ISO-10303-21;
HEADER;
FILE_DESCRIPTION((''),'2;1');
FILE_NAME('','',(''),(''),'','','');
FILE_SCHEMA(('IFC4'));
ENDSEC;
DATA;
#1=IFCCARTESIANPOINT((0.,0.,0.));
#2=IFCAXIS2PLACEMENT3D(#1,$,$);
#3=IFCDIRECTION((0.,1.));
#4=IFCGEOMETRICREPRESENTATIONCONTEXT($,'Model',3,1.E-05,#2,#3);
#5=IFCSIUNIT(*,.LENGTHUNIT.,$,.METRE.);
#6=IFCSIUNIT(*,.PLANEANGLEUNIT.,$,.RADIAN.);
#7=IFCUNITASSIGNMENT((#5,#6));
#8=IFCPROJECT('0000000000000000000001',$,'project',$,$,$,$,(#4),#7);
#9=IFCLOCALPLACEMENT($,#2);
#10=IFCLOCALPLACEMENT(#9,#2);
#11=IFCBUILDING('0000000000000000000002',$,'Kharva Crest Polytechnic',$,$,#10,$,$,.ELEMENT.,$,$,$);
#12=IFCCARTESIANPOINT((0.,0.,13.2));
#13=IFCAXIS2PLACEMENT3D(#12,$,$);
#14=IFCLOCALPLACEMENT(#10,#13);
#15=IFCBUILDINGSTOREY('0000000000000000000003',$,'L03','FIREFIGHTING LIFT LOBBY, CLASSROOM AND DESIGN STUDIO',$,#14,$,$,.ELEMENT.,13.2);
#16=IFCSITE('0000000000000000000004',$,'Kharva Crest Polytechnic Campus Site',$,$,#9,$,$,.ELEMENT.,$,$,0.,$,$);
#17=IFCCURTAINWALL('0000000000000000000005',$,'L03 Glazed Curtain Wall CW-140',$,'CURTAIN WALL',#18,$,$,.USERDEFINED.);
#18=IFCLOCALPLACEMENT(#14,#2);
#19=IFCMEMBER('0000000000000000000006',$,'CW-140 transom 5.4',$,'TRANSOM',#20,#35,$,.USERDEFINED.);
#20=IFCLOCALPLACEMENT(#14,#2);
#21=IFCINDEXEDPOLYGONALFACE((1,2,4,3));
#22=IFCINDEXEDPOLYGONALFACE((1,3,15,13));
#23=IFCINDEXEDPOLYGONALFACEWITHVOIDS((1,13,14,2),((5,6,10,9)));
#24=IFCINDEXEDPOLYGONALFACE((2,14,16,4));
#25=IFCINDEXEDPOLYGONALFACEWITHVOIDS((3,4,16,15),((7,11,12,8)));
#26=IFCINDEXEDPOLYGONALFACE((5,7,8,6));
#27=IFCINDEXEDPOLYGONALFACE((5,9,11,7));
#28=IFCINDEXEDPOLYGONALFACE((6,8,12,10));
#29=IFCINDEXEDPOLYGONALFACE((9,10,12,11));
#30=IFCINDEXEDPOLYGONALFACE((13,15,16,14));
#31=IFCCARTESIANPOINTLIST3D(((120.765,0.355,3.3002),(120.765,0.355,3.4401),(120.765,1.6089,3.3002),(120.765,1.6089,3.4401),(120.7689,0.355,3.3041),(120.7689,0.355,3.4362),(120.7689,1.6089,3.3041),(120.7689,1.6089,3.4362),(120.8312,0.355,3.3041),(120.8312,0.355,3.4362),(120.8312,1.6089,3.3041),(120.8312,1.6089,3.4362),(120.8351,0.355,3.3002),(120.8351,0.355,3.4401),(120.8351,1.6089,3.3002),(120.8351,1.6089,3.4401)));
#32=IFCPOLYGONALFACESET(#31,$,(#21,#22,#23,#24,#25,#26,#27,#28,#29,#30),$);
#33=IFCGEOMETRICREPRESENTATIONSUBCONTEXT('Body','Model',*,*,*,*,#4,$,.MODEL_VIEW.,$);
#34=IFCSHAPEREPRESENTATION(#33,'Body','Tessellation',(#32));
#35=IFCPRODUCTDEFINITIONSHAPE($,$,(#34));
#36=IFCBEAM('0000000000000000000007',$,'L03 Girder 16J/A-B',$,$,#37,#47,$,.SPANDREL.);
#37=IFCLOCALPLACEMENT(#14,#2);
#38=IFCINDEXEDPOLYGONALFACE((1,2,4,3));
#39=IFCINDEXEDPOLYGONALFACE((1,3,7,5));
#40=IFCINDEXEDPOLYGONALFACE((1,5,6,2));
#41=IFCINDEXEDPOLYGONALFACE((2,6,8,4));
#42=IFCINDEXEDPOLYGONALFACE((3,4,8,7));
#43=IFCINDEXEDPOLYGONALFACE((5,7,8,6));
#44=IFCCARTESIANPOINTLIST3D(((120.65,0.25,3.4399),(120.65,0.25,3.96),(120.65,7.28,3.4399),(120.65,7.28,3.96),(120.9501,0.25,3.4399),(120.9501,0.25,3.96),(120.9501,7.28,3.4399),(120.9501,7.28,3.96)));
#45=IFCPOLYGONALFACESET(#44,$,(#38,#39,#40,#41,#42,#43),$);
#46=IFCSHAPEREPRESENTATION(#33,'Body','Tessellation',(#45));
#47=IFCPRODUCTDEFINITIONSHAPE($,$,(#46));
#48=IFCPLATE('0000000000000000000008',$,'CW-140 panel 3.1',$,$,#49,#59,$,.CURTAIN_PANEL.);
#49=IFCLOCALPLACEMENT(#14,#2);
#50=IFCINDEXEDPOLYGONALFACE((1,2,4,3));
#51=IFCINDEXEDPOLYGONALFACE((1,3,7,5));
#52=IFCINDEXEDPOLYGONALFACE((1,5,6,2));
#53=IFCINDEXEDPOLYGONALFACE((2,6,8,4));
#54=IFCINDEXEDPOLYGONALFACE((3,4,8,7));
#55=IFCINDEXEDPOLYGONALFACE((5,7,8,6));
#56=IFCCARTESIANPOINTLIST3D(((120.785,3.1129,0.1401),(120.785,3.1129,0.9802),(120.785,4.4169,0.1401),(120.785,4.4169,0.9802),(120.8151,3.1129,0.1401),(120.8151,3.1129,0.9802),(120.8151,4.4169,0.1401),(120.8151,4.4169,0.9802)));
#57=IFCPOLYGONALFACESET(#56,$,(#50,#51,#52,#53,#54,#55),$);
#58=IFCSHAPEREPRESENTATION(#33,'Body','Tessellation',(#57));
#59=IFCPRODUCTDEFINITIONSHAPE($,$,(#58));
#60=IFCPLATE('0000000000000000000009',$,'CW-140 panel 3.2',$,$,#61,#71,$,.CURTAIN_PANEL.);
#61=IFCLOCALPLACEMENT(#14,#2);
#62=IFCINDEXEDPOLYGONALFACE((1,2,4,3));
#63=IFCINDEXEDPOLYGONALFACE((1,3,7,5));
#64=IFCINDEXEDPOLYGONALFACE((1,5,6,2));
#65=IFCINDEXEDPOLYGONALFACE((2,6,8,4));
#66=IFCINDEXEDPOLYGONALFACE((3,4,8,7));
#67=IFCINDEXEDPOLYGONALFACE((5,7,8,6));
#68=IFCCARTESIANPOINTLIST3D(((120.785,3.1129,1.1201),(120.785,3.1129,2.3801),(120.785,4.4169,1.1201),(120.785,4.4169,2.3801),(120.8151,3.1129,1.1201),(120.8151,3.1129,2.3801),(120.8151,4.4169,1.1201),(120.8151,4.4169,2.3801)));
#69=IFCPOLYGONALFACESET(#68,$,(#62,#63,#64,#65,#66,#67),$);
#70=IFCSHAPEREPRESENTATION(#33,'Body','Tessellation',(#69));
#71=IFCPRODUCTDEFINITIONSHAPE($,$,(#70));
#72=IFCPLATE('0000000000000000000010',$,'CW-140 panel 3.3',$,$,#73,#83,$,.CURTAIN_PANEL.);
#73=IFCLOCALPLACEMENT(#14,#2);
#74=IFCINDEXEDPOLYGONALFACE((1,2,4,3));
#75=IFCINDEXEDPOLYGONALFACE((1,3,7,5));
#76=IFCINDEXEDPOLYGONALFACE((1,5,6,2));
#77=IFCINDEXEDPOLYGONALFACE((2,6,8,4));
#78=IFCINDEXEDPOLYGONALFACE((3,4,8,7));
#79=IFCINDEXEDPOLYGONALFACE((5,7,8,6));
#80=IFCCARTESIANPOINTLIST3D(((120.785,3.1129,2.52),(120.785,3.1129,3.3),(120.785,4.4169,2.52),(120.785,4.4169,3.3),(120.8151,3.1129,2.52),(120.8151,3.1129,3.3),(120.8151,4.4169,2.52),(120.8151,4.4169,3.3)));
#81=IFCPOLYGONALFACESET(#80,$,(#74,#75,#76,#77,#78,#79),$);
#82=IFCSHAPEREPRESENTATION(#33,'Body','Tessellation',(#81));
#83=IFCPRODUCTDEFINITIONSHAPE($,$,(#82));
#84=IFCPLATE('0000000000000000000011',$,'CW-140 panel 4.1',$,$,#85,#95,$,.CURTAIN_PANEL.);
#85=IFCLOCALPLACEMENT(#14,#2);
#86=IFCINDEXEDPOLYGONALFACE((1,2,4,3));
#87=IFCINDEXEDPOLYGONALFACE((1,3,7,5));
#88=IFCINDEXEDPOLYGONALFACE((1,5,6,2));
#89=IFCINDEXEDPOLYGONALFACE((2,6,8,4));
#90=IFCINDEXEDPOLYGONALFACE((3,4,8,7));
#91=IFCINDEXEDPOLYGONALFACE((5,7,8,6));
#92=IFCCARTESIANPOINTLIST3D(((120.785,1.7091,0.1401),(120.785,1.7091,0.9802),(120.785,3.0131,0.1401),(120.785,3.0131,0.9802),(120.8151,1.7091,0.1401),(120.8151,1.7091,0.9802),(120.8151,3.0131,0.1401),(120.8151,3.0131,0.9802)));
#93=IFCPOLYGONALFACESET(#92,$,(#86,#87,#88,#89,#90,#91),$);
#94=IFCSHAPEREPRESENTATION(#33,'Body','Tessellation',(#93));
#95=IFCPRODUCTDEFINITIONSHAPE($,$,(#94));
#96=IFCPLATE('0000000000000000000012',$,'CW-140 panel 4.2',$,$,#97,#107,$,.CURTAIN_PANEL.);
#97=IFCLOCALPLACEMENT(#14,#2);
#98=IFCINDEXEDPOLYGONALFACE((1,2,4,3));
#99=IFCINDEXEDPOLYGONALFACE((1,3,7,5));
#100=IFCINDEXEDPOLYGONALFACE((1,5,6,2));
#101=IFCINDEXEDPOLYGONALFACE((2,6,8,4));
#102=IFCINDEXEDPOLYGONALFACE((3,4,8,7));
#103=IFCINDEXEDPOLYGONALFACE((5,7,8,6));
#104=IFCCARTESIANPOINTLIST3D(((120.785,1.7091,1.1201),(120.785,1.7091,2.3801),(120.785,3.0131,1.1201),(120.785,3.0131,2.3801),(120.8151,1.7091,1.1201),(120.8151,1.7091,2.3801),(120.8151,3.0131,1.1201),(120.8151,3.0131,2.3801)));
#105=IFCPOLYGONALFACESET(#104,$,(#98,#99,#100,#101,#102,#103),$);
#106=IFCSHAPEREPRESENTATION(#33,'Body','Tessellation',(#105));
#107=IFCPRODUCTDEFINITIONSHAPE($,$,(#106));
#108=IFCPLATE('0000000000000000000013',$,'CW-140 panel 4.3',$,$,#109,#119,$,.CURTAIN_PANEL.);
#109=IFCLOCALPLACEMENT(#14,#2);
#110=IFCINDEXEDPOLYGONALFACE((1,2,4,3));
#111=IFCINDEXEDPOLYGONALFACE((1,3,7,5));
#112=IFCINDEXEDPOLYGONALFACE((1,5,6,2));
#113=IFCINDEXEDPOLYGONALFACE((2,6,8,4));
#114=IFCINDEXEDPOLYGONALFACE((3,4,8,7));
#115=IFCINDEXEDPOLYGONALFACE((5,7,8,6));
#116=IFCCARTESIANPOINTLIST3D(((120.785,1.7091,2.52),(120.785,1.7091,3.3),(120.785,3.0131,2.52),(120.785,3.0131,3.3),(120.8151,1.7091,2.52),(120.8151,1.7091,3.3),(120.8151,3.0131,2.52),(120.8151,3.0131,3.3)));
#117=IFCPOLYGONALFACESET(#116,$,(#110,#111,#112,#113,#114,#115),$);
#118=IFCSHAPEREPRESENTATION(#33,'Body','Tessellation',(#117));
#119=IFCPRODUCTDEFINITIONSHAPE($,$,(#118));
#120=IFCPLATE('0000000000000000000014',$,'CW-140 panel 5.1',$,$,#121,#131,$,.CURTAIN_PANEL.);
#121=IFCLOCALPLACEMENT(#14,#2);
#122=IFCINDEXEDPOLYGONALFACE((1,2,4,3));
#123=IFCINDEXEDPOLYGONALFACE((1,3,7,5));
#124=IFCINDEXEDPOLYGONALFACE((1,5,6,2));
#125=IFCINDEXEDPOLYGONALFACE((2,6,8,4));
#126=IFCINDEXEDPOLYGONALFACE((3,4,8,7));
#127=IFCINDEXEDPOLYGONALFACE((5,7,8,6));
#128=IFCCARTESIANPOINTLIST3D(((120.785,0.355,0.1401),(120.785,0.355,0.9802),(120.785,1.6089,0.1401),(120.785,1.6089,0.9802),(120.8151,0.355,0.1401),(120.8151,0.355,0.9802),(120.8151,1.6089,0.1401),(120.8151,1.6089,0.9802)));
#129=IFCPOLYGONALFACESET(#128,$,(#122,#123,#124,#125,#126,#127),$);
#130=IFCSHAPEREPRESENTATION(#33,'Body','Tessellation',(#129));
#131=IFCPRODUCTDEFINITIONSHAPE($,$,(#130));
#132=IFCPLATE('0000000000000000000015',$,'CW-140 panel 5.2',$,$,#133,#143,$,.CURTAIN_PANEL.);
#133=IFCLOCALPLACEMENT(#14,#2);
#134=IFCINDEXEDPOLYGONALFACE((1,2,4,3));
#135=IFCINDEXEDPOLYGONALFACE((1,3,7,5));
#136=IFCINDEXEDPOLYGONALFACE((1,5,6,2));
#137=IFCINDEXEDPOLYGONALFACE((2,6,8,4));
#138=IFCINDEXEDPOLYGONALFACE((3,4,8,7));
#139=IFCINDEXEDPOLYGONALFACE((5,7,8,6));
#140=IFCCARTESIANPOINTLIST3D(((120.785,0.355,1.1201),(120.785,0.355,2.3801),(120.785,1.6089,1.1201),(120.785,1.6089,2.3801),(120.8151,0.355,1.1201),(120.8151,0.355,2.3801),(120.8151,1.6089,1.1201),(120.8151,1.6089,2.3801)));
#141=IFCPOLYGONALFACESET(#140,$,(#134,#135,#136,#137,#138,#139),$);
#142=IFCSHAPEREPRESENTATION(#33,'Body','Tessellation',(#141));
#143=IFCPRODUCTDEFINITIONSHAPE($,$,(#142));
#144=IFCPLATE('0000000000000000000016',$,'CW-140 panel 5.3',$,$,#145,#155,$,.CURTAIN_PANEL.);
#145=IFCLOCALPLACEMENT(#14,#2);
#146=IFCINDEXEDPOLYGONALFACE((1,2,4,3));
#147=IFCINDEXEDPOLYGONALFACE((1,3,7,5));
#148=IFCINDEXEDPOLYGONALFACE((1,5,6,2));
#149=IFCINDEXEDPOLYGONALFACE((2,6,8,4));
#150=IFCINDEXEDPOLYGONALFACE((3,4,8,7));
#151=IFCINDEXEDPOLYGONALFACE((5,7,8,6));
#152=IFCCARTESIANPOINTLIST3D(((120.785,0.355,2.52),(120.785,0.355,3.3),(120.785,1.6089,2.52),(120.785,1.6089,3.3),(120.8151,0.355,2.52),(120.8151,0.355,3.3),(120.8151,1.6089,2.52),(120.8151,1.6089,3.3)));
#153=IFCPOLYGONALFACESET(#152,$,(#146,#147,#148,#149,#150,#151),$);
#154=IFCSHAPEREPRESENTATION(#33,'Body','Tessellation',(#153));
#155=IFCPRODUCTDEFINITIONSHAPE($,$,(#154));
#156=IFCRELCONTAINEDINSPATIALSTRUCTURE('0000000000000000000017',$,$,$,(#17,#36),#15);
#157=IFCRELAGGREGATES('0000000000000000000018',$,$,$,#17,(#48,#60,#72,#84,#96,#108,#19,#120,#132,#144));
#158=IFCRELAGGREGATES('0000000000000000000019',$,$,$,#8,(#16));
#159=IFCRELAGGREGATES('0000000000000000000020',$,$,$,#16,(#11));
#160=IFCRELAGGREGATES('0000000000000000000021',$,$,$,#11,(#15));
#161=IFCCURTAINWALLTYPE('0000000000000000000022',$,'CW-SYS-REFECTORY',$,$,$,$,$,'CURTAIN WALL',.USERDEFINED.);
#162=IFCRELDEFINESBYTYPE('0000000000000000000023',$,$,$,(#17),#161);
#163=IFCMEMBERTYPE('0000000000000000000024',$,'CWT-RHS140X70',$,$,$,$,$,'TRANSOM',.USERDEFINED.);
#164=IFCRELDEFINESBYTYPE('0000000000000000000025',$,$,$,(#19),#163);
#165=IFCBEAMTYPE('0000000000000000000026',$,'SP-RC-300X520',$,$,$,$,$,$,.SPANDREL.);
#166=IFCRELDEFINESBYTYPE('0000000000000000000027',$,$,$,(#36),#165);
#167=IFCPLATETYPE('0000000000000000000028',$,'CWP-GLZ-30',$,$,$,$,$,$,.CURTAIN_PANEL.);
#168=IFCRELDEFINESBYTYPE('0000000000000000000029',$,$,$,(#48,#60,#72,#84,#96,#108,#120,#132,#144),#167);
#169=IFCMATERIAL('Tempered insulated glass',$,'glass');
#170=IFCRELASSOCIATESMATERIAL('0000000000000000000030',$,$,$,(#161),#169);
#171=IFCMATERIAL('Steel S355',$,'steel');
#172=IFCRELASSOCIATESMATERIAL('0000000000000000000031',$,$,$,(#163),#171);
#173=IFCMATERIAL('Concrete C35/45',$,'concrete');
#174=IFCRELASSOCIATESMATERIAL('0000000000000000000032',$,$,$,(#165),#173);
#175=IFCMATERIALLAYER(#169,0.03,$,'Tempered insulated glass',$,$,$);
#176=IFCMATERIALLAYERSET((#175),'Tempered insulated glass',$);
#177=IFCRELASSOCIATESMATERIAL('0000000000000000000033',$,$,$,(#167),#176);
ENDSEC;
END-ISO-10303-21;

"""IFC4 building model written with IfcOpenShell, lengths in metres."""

from ifc_helpers import new_model, si_unit, direction, frame, origin, origin_2d, place, context, subcontext, project, spatial, rectangle, hollow_rectangle, extrude, material, layer, layer_set, material_profile, profile_set, type_object, element, aggregate, save


model = new_model("IFC4")

# Units and contexts
model_context = context("Model", 3, precision=1e-05, world=origin(), true_north=direction((0.0, 1.0)))
body_context = subcontext(model_context, "Body", "Model", "MODEL_VIEW")
ifc_project = project(units=[si_unit("LENGTHUNIT", "METRE"), si_unit("PLANEANGLEUNIT", "RADIAN")], contexts=[model_context])

# Site, building, storey
site_placement = place(None, origin())
site = spatial("IfcSite", under=ifc_project, at=site_placement, Name="Kharva Crest Polytechnic Campus Site", CompositionType="ELEMENT", RefElevation=0.0)
building_placement = place(site_placement, origin())
building = spatial("IfcBuilding", under=site, at=building_placement, Name="Kharva Crest Polytechnic", CompositionType="ELEMENT")
storey_placement = place(building_placement, frame((0.0, 0.0, 13.2)))
storey = spatial("IfcBuildingStorey", under=building, at=storey_placement, Name="L03", Description="FIREFIGHTING LIFT LOBBY, CLASSROOM AND DESIGN STUDIO", CompositionType="ELEMENT", Elevation=13.2)

# Curtain wall, member
ifc_material_1 = material(Name="Tempered insulated glass", Category="glass")
curtain_wall_type = type_object("IfcCurtainWallType", Name="CW-SYS-REFECTORY", ElementType="CURTAIN WALL", PredefinedType="USERDEFINED", material=ifc_material_1)
curtain_wall_placement = place(storey_placement, origin())
curtain_wall = element("IfcCurtainWall", 1, at=curtain_wall_placement, inside=storey, type_object=curtain_wall_type, Name="L03 Glazed Curtain Wall CW-140", ObjectType="CURTAIN WALL", PredefinedType="USERDEFINED")
ifc_material_2 = material(Name="Steel S355", Category="steel")
ifc_material_profile_1 = material_profile(ifc_material_2, hollow_rectangle(XDim=0.0701, YDim=0.1399, WallThickness=0.0039, at=origin_2d()), Name="RHS 140X70X4.0")
ifc_profile_set_1 = profile_set([ifc_material_profile_1], Name="Steel S355")
member_type_1 = type_object("IfcMemberType", Name="CWT-RHS140X70", ElementType="TRANSOM", PredefinedType="USERDEFINED", material=ifc_profile_set_1)
member_1_placement = place(storey_placement, frame((120.8, 1.6089, 3.3701), z_axis=(0.0, -1.0, 0.0), x_axis=(1.0, 0.0, 0.0)))
member_1 = element("IfcMember", 2, at=member_1_placement, type_object=member_type_1, Name="CW-140 transom 5.4", ObjectType="TRANSOM", PredefinedType="USERDEFINED", context=body_context, shape_type="SweptSolid", body=[
    extrude(hollow_rectangle(XDim=0.0701, YDim=0.1399, WallThickness=0.0039, at=origin_2d()), origin(), (0.0, 0.0, 1.0), 1.2539),
])

# Beam
ifc_material_3 = material(Name="Concrete C35/45", Category="concrete")
ifc_material_profile_2 = material_profile(ifc_material_3, rectangle(XDim=0.3, YDim=0.52, at=origin_2d()), Name="RECT 300 X 520")
ifc_profile_set_2 = profile_set([ifc_material_profile_2], Name="Concrete C35/45")
beam_type = type_object("IfcBeamType", Name="SP-RC-300X520", PredefinedType="SPANDREL", material=ifc_profile_set_2)
beam_placement = place(storey_placement, frame((120.8, 0.25, 3.7), z_axis=(0.0, 1.0, 0.0), x_axis=(-1.0, 0.0, 0.0)))
element("IfcBeam", 3, at=beam_placement, inside=storey, type_object=beam_type, Name="L03 Girder 16J/A-B", PredefinedType="SPANDREL", context=body_context, shape_type="SweptSolid", body=[
    extrude(rectangle(XDim=0.3, YDim=0.52, at=origin_2d()), origin(), (0.0, 0.0, 1.0), 7.03),
])

# Plates
ifc_layer = layer(ifc_material_1, 0.03, Name="Tempered insulated glass")
ifc_layer_set = layer_set([ifc_layer], Name="Tempered insulated glass")
plate_type = type_object("IfcPlateType", Name="CWP-GLZ-30", PredefinedType="CURTAIN_PANEL", material=ifc_layer_set)
plate_1_placement = place(storey_placement, frame((120.8, 3.7649, 0.1401), z_axis=(0.0, 0.0, 1.0), x_axis=(0.0, -1.0, 0.0)))
plate_1 = element("IfcPlate", 4, at=plate_1_placement, type_object=plate_type, Name="CW-140 panel 3.1", PredefinedType="CURTAIN_PANEL", context=body_context, shape_type="SweptSolid", body=[
    extrude(rectangle(XDim=1.304, YDim=0.03, at=origin_2d()), origin(), (0.0, 0.0, 1.0), 0.8401),
])
plate_2_placement = place(storey_placement, frame((120.8, 3.7649, 1.1201), z_axis=(0.0, 0.0, 1.0), x_axis=(0.0, -1.0, 0.0)))
plate_2 = element("IfcPlate", 5, at=plate_2_placement, type_object=plate_type, Name="CW-140 panel 3.2", PredefinedType="CURTAIN_PANEL", context=body_context, shape_type="SweptSolid", body=[
    extrude(rectangle(XDim=1.304, YDim=0.03, at=origin_2d()), origin(), (0.0, 0.0, 1.0), 1.26),
])
plate_3_placement = place(storey_placement, frame((120.8, 3.7649, 2.52), z_axis=(0.0, 0.0, 1.0), x_axis=(0.0, -1.0, 0.0)))
plate_3 = element("IfcPlate", 6, at=plate_3_placement, type_object=plate_type, Name="CW-140 panel 3.3", PredefinedType="CURTAIN_PANEL", context=body_context, shape_type="SweptSolid", body=[
    extrude(rectangle(XDim=1.304, YDim=0.03, at=origin_2d()), origin(), (0.0, 0.0, 1.0), 0.78),
])
plate_4_placement = place(storey_placement, frame((120.8, 2.3611, 0.1401), z_axis=(0.0, 0.0, 1.0), x_axis=(0.0, -1.0, 0.0)))
plate_4 = element("IfcPlate", 7, at=plate_4_placement, type_object=plate_type, Name="CW-140 panel 4.1", PredefinedType="CURTAIN_PANEL", context=body_context, shape_type="SweptSolid", body=[
    extrude(rectangle(XDim=1.304, YDim=0.03, at=origin_2d()), origin(), (0.0, 0.0, 1.0), 0.8401),
])
plate_5_placement = place(storey_placement, frame((120.8, 2.3611, 1.1201), z_axis=(0.0, 0.0, 1.0), x_axis=(0.0, -1.0, 0.0)))
plate_5 = element("IfcPlate", 8, at=plate_5_placement, type_object=plate_type, Name="CW-140 panel 4.2", PredefinedType="CURTAIN_PANEL", context=body_context, shape_type="SweptSolid", body=[
    extrude(rectangle(XDim=1.304, YDim=0.03, at=origin_2d()), origin(), (0.0, 0.0, 1.0), 1.26),
])
plate_6_placement = place(storey_placement, frame((120.8, 2.3611, 2.52), z_axis=(0.0, 0.0, 1.0), x_axis=(0.0, -1.0, 0.0)))
plate_6 = element("IfcPlate", 9, at=plate_6_placement, type_object=plate_type, Name="CW-140 panel 4.3", PredefinedType="CURTAIN_PANEL", context=body_context, shape_type="SweptSolid", body=[
    extrude(rectangle(XDim=1.304, YDim=0.03, at=origin_2d()), origin(), (0.0, 0.0, 1.0), 0.78),
])
plate_7_placement = place(storey_placement, frame((120.8, 0.9819, 0.1401), z_axis=(0.0, 0.0, 1.0), x_axis=(0.0, -1.0, 0.0)))
plate_7 = element("IfcPlate", 10, at=plate_7_placement, type_object=plate_type, Name="CW-140 panel 5.1", PredefinedType="CURTAIN_PANEL", context=body_context, shape_type="SweptSolid", body=[
    extrude(rectangle(XDim=1.2539, YDim=0.03, at=origin_2d()), origin(), (0.0, 0.0, 1.0), 0.8401),
])
plate_8_placement = place(storey_placement, frame((120.8, 0.9819, 1.1201), z_axis=(0.0, 0.0, 1.0), x_axis=(0.0, -1.0, 0.0)))
plate_8 = element("IfcPlate", 11, at=plate_8_placement, type_object=plate_type, Name="CW-140 panel 5.2", PredefinedType="CURTAIN_PANEL", context=body_context, shape_type="SweptSolid", body=[
    extrude(rectangle(XDim=1.2539, YDim=0.03, at=origin_2d()), origin(), (0.0, 0.0, 1.0), 1.26),
])
plate_9_placement = place(storey_placement, frame((120.8, 0.9819, 2.52), z_axis=(0.0, 0.0, 1.0), x_axis=(0.0, -1.0, 0.0)))
plate_9 = element("IfcPlate", 12, at=plate_9_placement, type_object=plate_type, Name="CW-140 panel 5.3", PredefinedType="CURTAIN_PANEL", context=body_context, shape_type="SweptSolid", body=[
    extrude(rectangle(XDim=1.2539, YDim=0.03, at=origin_2d()), origin(), (0.0, 0.0, 1.0), 0.78),
])
aggregate(curtain_wall, [plate_1, plate_2, plate_3, plate_4, plate_5, plate_6, member_1, plate_7, plate_8, plate_9])

save(model, "model.ifc")
